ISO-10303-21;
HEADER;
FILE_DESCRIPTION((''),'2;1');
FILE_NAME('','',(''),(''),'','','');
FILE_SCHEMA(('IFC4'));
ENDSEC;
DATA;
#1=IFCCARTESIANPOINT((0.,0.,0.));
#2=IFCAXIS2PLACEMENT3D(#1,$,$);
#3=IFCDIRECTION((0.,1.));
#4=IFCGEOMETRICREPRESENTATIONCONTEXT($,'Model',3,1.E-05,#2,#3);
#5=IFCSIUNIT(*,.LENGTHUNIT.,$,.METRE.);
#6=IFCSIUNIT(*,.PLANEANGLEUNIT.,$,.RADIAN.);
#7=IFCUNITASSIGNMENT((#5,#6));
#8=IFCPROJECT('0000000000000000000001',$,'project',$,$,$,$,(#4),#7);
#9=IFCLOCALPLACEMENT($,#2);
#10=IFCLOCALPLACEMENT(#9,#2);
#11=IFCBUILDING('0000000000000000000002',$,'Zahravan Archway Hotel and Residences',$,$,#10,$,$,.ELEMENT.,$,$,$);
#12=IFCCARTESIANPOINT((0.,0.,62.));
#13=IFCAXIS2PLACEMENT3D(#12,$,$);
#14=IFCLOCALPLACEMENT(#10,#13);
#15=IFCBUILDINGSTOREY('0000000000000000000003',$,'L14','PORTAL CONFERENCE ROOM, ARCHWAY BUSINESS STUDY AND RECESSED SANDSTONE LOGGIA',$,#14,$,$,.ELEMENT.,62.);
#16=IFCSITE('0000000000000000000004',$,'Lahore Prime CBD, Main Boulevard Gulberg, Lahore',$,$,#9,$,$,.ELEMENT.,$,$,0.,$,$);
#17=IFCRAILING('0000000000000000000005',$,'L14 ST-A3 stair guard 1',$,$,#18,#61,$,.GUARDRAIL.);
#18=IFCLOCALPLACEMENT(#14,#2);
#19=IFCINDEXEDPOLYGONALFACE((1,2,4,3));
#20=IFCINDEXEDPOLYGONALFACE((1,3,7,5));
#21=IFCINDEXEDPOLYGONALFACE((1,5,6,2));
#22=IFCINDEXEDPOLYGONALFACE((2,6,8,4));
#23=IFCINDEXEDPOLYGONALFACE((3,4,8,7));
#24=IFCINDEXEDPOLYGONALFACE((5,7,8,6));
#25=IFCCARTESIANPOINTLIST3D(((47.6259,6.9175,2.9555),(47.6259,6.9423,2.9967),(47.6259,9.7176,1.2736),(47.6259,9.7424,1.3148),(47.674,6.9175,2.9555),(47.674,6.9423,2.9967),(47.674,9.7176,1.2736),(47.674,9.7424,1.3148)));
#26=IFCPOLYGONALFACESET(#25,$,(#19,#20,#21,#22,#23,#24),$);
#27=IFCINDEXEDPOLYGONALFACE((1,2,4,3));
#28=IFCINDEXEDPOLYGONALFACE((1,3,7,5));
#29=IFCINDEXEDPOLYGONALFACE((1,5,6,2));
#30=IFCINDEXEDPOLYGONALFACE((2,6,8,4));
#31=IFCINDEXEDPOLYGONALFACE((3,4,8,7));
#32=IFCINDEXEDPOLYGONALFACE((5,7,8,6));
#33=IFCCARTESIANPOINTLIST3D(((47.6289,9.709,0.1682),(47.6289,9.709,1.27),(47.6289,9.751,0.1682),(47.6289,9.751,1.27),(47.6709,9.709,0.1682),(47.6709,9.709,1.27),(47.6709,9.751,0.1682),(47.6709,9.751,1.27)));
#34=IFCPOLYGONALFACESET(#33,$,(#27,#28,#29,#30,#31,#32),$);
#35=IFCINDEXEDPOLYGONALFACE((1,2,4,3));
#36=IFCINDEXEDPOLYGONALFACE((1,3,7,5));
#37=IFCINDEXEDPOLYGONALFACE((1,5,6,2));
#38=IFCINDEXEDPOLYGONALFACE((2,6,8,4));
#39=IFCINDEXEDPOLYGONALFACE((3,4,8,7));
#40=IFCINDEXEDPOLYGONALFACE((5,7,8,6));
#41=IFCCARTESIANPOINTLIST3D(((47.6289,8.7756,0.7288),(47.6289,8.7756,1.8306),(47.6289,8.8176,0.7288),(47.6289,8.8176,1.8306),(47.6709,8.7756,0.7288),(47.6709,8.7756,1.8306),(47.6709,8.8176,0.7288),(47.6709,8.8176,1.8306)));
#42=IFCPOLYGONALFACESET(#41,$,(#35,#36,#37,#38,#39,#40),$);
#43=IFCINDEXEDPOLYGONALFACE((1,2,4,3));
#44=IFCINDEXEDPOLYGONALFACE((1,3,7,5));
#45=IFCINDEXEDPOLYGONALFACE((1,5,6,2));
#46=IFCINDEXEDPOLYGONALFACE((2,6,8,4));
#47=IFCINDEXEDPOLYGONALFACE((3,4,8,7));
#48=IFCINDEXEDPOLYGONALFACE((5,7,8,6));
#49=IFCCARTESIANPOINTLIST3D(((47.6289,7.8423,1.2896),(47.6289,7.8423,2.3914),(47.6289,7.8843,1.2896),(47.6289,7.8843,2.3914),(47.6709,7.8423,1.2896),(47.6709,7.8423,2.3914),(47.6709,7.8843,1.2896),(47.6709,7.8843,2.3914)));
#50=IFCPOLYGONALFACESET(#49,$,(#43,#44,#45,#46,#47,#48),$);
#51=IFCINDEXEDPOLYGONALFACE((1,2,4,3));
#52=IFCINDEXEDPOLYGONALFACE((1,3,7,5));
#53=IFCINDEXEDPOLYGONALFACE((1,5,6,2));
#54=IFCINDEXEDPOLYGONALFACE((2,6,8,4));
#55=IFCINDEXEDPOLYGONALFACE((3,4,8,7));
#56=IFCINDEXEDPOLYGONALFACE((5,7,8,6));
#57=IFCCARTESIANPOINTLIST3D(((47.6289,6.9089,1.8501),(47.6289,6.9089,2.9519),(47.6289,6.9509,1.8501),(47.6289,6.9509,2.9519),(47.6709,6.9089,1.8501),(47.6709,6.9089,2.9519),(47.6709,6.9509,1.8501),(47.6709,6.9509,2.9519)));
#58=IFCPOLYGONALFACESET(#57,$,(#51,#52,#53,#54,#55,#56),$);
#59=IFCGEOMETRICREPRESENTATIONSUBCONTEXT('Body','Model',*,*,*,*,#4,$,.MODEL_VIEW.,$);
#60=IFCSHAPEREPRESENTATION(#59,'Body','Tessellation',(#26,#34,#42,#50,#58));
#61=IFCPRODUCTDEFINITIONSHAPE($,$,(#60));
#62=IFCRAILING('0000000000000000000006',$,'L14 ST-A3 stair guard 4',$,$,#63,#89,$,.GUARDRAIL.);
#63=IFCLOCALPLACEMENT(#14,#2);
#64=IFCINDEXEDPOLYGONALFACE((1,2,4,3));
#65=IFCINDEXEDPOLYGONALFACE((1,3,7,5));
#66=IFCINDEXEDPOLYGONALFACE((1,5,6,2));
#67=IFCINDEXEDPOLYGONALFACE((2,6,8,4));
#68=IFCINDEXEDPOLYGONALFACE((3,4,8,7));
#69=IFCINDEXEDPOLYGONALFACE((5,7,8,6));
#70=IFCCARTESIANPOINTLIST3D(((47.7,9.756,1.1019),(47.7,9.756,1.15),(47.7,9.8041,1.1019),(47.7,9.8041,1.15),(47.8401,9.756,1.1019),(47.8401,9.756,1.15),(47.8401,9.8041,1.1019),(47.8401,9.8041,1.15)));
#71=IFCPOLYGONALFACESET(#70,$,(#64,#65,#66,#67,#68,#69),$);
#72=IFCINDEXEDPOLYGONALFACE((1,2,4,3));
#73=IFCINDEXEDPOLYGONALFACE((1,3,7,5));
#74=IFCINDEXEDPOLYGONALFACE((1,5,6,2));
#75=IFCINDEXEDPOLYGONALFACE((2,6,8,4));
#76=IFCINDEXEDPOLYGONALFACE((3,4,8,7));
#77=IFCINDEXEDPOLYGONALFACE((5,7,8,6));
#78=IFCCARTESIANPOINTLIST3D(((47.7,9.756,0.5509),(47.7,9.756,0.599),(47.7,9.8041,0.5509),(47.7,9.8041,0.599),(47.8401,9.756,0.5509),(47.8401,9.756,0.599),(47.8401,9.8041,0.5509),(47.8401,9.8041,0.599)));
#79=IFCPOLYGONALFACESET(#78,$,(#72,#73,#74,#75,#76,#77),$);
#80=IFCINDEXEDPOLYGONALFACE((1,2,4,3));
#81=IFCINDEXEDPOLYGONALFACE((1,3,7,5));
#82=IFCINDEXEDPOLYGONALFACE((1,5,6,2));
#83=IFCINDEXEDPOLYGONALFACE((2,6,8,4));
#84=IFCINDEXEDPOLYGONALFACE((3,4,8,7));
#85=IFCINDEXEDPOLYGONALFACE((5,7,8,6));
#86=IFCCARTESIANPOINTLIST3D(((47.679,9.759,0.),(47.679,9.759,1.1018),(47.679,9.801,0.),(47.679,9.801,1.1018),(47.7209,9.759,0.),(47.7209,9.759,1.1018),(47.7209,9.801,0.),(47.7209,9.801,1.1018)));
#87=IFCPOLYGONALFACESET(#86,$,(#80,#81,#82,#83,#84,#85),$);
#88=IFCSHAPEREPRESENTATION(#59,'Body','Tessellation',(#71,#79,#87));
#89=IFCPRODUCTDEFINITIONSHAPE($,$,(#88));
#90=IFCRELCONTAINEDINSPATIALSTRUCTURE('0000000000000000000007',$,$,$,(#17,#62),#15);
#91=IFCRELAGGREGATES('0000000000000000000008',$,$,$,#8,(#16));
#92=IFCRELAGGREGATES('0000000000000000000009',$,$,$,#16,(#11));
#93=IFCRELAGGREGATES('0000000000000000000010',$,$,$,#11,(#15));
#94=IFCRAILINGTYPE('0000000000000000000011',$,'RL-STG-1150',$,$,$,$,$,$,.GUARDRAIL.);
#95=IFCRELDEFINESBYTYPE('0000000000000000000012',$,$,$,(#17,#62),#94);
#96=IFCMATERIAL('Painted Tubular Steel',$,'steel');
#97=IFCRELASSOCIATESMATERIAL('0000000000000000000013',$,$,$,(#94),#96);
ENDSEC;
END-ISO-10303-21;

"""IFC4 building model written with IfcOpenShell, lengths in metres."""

from ifc_helpers import new_model, si_unit, direction, frame, origin, origin_2d, place, context, subcontext, project, spatial, rectangle, extrude, material, type_object, element, save


model = new_model("IFC4")

# Units and contexts
model_context = context("Model", 3, precision=1e-05, world=origin(), true_north=direction((0.0, 1.0)))
body_context = subcontext(model_context, "Body", "Model", "MODEL_VIEW")
ifc_project = project(units=[si_unit("LENGTHUNIT", "METRE"), si_unit("PLANEANGLEUNIT", "RADIAN")], contexts=[model_context])

# Site, building, storey
site_placement = place(None, origin())
site = spatial("IfcSite", under=ifc_project, at=site_placement, Name="Lahore Prime CBD, Main Boulevard Gulberg, Lahore", CompositionType="ELEMENT", RefElevation=0.0)
building_placement = place(site_placement, origin())
building = spatial("IfcBuilding", under=site, at=building_placement, Name="Zahravan Archway Hotel and Residences", CompositionType="ELEMENT")
storey_placement = place(building_placement, frame((0.0, 0.0, 62.0)))
storey = spatial("IfcBuildingStorey", under=building, at=storey_placement, Name="L14", Description="PORTAL CONFERENCE ROOM, ARCHWAY BUSINESS STUDY AND RECESSED SANDSTONE LOGGIA", CompositionType="ELEMENT", Elevation=62.0)

# Railings
ifc_material_1 = material(Name="Painted Tubular Steel", Category="steel")
railing_type_1 = type_object("IfcRailingType", Name="RL-STG-1150", PredefinedType="GUARDRAIL", material=ifc_material_1)
railing_1_placement = place(storey_placement, frame((47.6499, 9.73, 0.1682)))
element("IfcRailing", 1, at=railing_1_placement, inside=storey, type_object=railing_type_1, Name="L14 ST-A3 stair guard 1", PredefinedType="GUARDRAIL", context=body_context, shape_type="SweptSolid", body=[
    extrude(rectangle(XDim=0.0481, YDim=0.0481, at=origin_2d()), frame((0.0, 0.0, 1.126), z_axis=(0.0, -0.857242, 0.514913), x_axis=(1.0, 0.0, 0.0)), (0.0, 0.0, 1.0), 3.2664),
    extrude(rectangle(XDim=0.042, YDim=0.042, at=origin_2d()), origin(), (0.0, 0.0, 1.0), 1.1018),
    extrude(rectangle(XDim=0.042, YDim=0.042, at=origin_2d()), frame((0.0, -0.9333, 0.5605)), (0.0, 0.0, 1.0), 1.1018),
    extrude(rectangle(XDim=0.042, YDim=0.042, at=origin_2d()), frame((0.0, -1.8667, 1.1213)), (0.0, 0.0, 1.0), 1.1018),
    extrude(rectangle(XDim=0.042, YDim=0.042, at=origin_2d()), frame((0.0, -2.8, 1.6819)), (0.0, 0.0, 1.0), 1.1018),
])
railing_2_placement = place(storey_placement, frame((47.7, 9.78, 0.0)))
element("IfcRailing", 2, at=railing_2_placement, inside=storey, type_object=railing_type_1, Name="L14 ST-A3 stair guard 4", PredefinedType="GUARDRAIL", context=body_context, shape_type="SweptSolid", body=[
    extrude(rectangle(XDim=0.0481, YDim=0.0481, at=origin_2d()), frame((0.0, 0.0, 1.126), z_axis=(1.0, 0.0, 0.0), x_axis=(0.0, 1.0, 0.0)), (0.0, 0.0, 1.0), 0.1401),
    extrude(rectangle(XDim=0.0481, YDim=0.0481, at=origin_2d()), frame((0.0, 0.0, 0.575), z_axis=(1.0, 0.0, 0.0), x_axis=(0.0, 1.0, 0.0)), (0.0, 0.0, 1.0), 0.1401),
    extrude(rectangle(XDim=0.042, YDim=0.042, at=origin_2d()), origin(), (0.0, 0.0, 1.0), 1.1018),
])

save(model, "model.ifc")
